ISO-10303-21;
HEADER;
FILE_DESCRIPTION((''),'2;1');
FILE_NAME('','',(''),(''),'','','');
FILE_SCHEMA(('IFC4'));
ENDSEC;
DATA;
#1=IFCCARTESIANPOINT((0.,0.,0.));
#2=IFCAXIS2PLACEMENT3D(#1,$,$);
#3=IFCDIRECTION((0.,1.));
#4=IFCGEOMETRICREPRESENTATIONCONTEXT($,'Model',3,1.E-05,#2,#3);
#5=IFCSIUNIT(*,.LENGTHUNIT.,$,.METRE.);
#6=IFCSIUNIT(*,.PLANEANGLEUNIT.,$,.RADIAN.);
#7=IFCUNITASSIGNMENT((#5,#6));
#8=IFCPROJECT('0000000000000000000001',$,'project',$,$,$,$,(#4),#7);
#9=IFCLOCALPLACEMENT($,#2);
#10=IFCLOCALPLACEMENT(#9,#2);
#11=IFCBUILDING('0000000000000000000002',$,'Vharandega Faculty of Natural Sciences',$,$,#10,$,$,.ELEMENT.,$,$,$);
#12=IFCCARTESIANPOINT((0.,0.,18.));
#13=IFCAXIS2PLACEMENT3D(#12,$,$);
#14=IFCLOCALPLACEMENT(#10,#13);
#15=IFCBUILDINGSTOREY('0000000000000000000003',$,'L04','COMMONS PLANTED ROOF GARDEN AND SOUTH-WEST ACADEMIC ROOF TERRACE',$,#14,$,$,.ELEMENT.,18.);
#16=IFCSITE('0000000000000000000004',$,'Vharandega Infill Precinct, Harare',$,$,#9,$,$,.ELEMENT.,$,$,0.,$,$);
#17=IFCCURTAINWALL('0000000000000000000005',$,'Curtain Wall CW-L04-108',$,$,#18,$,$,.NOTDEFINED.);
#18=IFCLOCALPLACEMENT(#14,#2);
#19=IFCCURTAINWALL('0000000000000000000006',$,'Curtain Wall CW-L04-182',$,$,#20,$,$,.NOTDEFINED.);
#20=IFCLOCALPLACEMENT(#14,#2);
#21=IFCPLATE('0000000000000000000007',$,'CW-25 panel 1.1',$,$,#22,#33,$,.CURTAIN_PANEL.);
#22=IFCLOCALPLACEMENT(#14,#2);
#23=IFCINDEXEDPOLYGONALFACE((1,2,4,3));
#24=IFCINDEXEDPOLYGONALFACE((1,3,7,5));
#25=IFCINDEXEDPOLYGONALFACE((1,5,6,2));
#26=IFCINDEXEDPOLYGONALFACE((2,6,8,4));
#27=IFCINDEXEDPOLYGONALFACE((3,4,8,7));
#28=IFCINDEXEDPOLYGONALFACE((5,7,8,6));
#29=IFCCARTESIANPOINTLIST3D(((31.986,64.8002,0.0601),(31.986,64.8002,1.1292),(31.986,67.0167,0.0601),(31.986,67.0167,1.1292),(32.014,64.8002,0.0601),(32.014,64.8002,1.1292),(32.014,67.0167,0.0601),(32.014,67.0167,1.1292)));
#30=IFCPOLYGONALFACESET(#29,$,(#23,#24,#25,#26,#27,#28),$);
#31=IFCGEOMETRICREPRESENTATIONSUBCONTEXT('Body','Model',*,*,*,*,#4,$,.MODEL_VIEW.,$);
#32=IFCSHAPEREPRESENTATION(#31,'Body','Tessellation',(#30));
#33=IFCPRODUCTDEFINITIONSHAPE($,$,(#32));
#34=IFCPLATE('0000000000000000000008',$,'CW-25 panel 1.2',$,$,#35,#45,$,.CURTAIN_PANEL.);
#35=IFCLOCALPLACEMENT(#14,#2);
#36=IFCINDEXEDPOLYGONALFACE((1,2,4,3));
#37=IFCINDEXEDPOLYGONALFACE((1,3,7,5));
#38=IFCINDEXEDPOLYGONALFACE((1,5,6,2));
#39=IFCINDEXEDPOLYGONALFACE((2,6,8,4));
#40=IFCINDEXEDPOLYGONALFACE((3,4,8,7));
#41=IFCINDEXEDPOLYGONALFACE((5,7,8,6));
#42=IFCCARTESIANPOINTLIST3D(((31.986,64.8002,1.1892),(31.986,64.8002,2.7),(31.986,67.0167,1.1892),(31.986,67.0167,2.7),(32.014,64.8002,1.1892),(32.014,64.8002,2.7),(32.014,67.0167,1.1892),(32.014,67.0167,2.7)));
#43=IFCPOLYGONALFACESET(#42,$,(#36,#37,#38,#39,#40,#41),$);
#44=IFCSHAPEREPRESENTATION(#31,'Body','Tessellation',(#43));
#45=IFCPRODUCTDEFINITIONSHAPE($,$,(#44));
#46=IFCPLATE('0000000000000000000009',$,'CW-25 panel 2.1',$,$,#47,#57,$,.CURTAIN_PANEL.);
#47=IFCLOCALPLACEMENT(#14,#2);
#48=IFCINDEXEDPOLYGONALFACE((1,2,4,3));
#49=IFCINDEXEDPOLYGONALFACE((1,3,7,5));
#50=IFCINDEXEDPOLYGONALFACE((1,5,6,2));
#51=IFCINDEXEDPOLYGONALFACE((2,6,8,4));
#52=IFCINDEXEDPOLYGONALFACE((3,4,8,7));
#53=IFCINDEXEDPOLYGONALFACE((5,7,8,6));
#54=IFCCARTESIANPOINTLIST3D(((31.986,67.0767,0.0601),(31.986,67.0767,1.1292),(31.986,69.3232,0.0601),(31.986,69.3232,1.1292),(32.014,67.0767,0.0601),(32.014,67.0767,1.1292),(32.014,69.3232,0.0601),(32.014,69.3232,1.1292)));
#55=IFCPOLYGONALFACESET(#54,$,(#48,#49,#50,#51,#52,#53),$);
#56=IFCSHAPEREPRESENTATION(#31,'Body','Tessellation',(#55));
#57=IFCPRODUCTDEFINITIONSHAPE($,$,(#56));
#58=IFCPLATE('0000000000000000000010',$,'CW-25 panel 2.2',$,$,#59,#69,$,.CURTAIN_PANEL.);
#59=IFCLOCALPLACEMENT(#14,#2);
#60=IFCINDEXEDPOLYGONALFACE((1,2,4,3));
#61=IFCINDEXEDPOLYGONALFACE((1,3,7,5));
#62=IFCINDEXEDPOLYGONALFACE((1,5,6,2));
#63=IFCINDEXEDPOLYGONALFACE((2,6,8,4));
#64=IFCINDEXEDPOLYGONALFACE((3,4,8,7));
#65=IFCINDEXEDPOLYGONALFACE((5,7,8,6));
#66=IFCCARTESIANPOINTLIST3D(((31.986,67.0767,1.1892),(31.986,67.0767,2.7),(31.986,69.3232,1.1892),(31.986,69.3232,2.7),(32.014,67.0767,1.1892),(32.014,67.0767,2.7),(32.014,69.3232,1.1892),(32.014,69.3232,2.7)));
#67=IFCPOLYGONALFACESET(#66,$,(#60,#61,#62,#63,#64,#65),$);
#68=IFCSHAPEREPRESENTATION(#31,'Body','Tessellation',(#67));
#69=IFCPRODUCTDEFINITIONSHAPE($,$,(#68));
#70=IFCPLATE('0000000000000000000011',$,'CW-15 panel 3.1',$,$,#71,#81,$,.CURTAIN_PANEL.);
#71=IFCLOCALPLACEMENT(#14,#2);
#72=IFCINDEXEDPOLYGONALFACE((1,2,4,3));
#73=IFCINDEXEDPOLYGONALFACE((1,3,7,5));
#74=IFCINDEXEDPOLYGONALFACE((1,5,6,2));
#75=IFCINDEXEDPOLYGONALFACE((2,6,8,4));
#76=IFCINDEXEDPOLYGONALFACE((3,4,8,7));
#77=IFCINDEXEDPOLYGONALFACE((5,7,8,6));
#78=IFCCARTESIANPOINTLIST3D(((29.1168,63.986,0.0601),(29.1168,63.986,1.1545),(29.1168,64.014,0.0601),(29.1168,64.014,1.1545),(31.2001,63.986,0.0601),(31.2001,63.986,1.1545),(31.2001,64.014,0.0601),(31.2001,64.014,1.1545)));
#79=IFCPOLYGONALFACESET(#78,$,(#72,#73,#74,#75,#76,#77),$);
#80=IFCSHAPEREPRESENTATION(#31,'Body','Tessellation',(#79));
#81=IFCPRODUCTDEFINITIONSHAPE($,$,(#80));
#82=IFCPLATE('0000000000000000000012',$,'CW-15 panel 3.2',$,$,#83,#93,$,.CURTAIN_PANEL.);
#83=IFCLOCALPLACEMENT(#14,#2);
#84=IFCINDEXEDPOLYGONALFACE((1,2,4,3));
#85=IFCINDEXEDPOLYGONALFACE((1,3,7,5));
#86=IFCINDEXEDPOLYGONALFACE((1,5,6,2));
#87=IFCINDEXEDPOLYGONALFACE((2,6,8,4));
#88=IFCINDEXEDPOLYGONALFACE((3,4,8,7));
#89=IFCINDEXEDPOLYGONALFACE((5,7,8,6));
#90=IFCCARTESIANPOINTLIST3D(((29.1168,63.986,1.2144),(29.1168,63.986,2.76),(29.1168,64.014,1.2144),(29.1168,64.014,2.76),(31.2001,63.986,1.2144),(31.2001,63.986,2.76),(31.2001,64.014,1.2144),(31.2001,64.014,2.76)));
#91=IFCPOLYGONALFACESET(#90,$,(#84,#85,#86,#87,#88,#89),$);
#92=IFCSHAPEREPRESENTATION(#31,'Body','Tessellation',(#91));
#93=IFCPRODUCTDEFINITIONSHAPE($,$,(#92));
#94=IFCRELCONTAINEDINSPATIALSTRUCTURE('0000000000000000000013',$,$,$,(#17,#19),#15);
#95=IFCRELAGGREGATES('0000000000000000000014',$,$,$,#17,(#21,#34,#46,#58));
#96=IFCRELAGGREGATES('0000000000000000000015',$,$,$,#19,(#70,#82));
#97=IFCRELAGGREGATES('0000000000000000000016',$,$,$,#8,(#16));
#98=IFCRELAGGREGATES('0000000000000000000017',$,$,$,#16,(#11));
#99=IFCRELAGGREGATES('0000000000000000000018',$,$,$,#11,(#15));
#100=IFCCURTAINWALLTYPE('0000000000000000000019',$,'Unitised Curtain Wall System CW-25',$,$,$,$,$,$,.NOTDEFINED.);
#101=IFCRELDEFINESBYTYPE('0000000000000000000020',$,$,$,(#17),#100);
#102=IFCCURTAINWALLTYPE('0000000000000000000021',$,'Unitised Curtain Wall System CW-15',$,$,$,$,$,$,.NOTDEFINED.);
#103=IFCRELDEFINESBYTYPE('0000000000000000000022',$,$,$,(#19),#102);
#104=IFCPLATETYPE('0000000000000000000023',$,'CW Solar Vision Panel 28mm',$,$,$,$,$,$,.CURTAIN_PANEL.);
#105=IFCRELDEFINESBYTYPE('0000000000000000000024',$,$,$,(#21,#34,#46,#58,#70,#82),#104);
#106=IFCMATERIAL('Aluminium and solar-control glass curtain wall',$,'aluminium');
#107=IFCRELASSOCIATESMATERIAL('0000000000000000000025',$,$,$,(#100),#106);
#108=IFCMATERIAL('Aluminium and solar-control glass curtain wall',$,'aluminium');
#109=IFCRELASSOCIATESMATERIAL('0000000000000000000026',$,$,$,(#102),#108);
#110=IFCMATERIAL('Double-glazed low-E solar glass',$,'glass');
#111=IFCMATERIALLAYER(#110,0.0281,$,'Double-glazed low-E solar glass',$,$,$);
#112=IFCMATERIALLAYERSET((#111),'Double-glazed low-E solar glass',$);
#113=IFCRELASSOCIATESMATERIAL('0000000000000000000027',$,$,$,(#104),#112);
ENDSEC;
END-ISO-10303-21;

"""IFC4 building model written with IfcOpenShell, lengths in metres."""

from ifc_helpers import new_model, si_unit, direction, frame, origin, origin_2d, place, context, subcontext, project, spatial, rectangle, extrude, material, layer, layer_set, type_object, element, aggregate, save


model = new_model("IFC4")

# Units and contexts
model_context = context("Model", 3, precision=1e-05, world=origin(), true_north=direction((0.0, 1.0)))
body_context = subcontext(model_context, "Body", "Model", "MODEL_VIEW")
ifc_project = project(units=[si_unit("LENGTHUNIT", "METRE"), si_unit("PLANEANGLEUNIT", "RADIAN")], contexts=[model_context])

# Site, building, storey
site_placement = place(None, origin())
site = spatial("IfcSite", under=ifc_project, at=site_placement, Name="Vharandega Infill Precinct, Harare", CompositionType="ELEMENT", RefElevation=0.0)
building_placement = place(site_placement, origin())
building = spatial("IfcBuilding", under=site, at=building_placement, Name="Vharandega Faculty of Natural Sciences", CompositionType="ELEMENT")
storey_placement = place(building_placement, frame((0.0, 0.0, 18.0)))
storey = spatial("IfcBuildingStorey", under=building, at=storey_placement, Name="L04", Description="COMMONS PLANTED ROOF GARDEN AND SOUTH-WEST ACADEMIC ROOF TERRACE", CompositionType="ELEMENT", Elevation=18.0)

# Curtain wall
ifc_material_1 = material(Name="Aluminium and solar-control glass curtain wall", Category="aluminium")
curtain_wall_type_1 = type_object("IfcCurtainWallType", Name="Unitised Curtain Wall System CW-25", PredefinedType="NOTDEFINED", material=ifc_material_1)
curtain_wall_1_placement = place(storey_placement, origin())
curtain_wall_1 = element("IfcCurtainWall", 1, at=curtain_wall_1_placement, inside=storey, type_object=curtain_wall_type_1, Name="Curtain Wall CW-L04-108", PredefinedType="NOTDEFINED")

# Curtain wall
ifc_material_2 = material(Name="Aluminium and solar-control glass curtain wall", Category="aluminium")
curtain_wall_type_2 = type_object("IfcCurtainWallType", Name="Unitised Curtain Wall System CW-15", PredefinedType="NOTDEFINED", material=ifc_material_2)
curtain_wall_2_placement = place(storey_placement, origin())
curtain_wall_2 = element("IfcCurtainWall", 2, at=curtain_wall_2_placement, inside=storey, type_object=curtain_wall_type_2, Name="Curtain Wall CW-L04-182", PredefinedType="NOTDEFINED")

# Plates
ifc_material_3 = material(Name="Double-glazed low-E solar glass", Category="glass")
ifc_layer = layer(ifc_material_3, 0.0281, Name="Double-glazed low-E solar glass")
ifc_layer_set = layer_set([ifc_layer], Name="Double-glazed low-E solar glass")
plate_type = type_object("IfcPlateType", Name="CW Solar Vision Panel 28mm", PredefinedType="CURTAIN_PANEL", material=ifc_layer_set)
plate_1_placement = place(storey_placement, frame((32.0, 65.9084, 0.0601), z_axis=(0.0, 0.0, 1.0), x_axis=(0.0, 1.0, 0.0)))
plate_1 = element("IfcPlate", 3, at=plate_1_placement, type_object=plate_type, Name="CW-25 panel 1.1", PredefinedType="CURTAIN_PANEL", context=body_context, shape_type="SweptSolid", body=[
    extrude(rectangle(XDim=2.2166, YDim=0.0281, at=origin_2d()), origin(), (0.0, 0.0, 1.0), 1.0691),
])
plate_2_placement = place(storey_placement, frame((32.0, 65.9084, 1.1892), z_axis=(0.0, 0.0, 1.0), x_axis=(0.0, 1.0, 0.0)))
plate_2 = element("IfcPlate", 4, at=plate_2_placement, type_object=plate_type, Name="CW-25 panel 1.2", PredefinedType="CURTAIN_PANEL", context=body_context, shape_type="SweptSolid", body=[
    extrude(rectangle(XDim=2.2166, YDim=0.0281, at=origin_2d()), origin(), (0.0, 0.0, 1.0), 1.5107),
])
plate_3_placement = place(storey_placement, frame((32.0, 68.2, 0.0601), z_axis=(0.0, 0.0, 1.0), x_axis=(0.0, 1.0, 0.0)))
plate_3 = element("IfcPlate", 5, at=plate_3_placement, type_object=plate_type, Name="CW-25 panel 2.1", PredefinedType="CURTAIN_PANEL", context=body_context, shape_type="SweptSolid", body=[
    extrude(rectangle(XDim=2.2466, YDim=0.0281, at=origin_2d()), origin(), (0.0, 0.0, 1.0), 1.0691),
])
plate_4_placement = place(storey_placement, frame((32.0, 68.2, 1.1892), z_axis=(0.0, 0.0, 1.0), x_axis=(0.0, 1.0, 0.0)))
plate_4 = element("IfcPlate", 6, at=plate_4_placement, type_object=plate_type, Name="CW-25 panel 2.2", PredefinedType="CURTAIN_PANEL", context=body_context, shape_type="SweptSolid", body=[
    extrude(rectangle(XDim=2.2466, YDim=0.0281, at=origin_2d()), origin(), (0.0, 0.0, 1.0), 1.5107),
])
aggregate(curtain_wall_1, [plate_1, plate_2, plate_3, plate_4])
plate_5_placement = place(storey_placement, frame((30.1584, 64.0, 0.0601), z_axis=(0.0, 0.0, 1.0), x_axis=(1.0, 0.0, 0.0)))
plate_5 = element("IfcPlate", 7, at=plate_5_placement, type_object=plate_type, Name="CW-15 panel 3.1", PredefinedType="CURTAIN_PANEL", context=body_context, shape_type="SweptSolid", body=[
    extrude(rectangle(XDim=2.0833, YDim=0.0281, at=origin_2d()), origin(), (0.0, 0.0, 1.0), 1.0945),
])
plate_6_placement = place(storey_placement, frame((30.1584, 64.0, 1.2144), z_axis=(0.0, 0.0, 1.0), x_axis=(1.0, 0.0, 0.0)))
plate_6 = element("IfcPlate", 8, at=plate_6_placement, type_object=plate_type, Name="CW-15 panel 3.2", PredefinedType="CURTAIN_PANEL", context=body_context, shape_type="SweptSolid", body=[
    extrude(rectangle(XDim=2.0833, YDim=0.0281, at=origin_2d()), origin(), (0.0, 0.0, 1.0), 1.5457),
])
aggregate(curtain_wall_2, [plate_5, plate_6])

save(model, "model.ifc")
